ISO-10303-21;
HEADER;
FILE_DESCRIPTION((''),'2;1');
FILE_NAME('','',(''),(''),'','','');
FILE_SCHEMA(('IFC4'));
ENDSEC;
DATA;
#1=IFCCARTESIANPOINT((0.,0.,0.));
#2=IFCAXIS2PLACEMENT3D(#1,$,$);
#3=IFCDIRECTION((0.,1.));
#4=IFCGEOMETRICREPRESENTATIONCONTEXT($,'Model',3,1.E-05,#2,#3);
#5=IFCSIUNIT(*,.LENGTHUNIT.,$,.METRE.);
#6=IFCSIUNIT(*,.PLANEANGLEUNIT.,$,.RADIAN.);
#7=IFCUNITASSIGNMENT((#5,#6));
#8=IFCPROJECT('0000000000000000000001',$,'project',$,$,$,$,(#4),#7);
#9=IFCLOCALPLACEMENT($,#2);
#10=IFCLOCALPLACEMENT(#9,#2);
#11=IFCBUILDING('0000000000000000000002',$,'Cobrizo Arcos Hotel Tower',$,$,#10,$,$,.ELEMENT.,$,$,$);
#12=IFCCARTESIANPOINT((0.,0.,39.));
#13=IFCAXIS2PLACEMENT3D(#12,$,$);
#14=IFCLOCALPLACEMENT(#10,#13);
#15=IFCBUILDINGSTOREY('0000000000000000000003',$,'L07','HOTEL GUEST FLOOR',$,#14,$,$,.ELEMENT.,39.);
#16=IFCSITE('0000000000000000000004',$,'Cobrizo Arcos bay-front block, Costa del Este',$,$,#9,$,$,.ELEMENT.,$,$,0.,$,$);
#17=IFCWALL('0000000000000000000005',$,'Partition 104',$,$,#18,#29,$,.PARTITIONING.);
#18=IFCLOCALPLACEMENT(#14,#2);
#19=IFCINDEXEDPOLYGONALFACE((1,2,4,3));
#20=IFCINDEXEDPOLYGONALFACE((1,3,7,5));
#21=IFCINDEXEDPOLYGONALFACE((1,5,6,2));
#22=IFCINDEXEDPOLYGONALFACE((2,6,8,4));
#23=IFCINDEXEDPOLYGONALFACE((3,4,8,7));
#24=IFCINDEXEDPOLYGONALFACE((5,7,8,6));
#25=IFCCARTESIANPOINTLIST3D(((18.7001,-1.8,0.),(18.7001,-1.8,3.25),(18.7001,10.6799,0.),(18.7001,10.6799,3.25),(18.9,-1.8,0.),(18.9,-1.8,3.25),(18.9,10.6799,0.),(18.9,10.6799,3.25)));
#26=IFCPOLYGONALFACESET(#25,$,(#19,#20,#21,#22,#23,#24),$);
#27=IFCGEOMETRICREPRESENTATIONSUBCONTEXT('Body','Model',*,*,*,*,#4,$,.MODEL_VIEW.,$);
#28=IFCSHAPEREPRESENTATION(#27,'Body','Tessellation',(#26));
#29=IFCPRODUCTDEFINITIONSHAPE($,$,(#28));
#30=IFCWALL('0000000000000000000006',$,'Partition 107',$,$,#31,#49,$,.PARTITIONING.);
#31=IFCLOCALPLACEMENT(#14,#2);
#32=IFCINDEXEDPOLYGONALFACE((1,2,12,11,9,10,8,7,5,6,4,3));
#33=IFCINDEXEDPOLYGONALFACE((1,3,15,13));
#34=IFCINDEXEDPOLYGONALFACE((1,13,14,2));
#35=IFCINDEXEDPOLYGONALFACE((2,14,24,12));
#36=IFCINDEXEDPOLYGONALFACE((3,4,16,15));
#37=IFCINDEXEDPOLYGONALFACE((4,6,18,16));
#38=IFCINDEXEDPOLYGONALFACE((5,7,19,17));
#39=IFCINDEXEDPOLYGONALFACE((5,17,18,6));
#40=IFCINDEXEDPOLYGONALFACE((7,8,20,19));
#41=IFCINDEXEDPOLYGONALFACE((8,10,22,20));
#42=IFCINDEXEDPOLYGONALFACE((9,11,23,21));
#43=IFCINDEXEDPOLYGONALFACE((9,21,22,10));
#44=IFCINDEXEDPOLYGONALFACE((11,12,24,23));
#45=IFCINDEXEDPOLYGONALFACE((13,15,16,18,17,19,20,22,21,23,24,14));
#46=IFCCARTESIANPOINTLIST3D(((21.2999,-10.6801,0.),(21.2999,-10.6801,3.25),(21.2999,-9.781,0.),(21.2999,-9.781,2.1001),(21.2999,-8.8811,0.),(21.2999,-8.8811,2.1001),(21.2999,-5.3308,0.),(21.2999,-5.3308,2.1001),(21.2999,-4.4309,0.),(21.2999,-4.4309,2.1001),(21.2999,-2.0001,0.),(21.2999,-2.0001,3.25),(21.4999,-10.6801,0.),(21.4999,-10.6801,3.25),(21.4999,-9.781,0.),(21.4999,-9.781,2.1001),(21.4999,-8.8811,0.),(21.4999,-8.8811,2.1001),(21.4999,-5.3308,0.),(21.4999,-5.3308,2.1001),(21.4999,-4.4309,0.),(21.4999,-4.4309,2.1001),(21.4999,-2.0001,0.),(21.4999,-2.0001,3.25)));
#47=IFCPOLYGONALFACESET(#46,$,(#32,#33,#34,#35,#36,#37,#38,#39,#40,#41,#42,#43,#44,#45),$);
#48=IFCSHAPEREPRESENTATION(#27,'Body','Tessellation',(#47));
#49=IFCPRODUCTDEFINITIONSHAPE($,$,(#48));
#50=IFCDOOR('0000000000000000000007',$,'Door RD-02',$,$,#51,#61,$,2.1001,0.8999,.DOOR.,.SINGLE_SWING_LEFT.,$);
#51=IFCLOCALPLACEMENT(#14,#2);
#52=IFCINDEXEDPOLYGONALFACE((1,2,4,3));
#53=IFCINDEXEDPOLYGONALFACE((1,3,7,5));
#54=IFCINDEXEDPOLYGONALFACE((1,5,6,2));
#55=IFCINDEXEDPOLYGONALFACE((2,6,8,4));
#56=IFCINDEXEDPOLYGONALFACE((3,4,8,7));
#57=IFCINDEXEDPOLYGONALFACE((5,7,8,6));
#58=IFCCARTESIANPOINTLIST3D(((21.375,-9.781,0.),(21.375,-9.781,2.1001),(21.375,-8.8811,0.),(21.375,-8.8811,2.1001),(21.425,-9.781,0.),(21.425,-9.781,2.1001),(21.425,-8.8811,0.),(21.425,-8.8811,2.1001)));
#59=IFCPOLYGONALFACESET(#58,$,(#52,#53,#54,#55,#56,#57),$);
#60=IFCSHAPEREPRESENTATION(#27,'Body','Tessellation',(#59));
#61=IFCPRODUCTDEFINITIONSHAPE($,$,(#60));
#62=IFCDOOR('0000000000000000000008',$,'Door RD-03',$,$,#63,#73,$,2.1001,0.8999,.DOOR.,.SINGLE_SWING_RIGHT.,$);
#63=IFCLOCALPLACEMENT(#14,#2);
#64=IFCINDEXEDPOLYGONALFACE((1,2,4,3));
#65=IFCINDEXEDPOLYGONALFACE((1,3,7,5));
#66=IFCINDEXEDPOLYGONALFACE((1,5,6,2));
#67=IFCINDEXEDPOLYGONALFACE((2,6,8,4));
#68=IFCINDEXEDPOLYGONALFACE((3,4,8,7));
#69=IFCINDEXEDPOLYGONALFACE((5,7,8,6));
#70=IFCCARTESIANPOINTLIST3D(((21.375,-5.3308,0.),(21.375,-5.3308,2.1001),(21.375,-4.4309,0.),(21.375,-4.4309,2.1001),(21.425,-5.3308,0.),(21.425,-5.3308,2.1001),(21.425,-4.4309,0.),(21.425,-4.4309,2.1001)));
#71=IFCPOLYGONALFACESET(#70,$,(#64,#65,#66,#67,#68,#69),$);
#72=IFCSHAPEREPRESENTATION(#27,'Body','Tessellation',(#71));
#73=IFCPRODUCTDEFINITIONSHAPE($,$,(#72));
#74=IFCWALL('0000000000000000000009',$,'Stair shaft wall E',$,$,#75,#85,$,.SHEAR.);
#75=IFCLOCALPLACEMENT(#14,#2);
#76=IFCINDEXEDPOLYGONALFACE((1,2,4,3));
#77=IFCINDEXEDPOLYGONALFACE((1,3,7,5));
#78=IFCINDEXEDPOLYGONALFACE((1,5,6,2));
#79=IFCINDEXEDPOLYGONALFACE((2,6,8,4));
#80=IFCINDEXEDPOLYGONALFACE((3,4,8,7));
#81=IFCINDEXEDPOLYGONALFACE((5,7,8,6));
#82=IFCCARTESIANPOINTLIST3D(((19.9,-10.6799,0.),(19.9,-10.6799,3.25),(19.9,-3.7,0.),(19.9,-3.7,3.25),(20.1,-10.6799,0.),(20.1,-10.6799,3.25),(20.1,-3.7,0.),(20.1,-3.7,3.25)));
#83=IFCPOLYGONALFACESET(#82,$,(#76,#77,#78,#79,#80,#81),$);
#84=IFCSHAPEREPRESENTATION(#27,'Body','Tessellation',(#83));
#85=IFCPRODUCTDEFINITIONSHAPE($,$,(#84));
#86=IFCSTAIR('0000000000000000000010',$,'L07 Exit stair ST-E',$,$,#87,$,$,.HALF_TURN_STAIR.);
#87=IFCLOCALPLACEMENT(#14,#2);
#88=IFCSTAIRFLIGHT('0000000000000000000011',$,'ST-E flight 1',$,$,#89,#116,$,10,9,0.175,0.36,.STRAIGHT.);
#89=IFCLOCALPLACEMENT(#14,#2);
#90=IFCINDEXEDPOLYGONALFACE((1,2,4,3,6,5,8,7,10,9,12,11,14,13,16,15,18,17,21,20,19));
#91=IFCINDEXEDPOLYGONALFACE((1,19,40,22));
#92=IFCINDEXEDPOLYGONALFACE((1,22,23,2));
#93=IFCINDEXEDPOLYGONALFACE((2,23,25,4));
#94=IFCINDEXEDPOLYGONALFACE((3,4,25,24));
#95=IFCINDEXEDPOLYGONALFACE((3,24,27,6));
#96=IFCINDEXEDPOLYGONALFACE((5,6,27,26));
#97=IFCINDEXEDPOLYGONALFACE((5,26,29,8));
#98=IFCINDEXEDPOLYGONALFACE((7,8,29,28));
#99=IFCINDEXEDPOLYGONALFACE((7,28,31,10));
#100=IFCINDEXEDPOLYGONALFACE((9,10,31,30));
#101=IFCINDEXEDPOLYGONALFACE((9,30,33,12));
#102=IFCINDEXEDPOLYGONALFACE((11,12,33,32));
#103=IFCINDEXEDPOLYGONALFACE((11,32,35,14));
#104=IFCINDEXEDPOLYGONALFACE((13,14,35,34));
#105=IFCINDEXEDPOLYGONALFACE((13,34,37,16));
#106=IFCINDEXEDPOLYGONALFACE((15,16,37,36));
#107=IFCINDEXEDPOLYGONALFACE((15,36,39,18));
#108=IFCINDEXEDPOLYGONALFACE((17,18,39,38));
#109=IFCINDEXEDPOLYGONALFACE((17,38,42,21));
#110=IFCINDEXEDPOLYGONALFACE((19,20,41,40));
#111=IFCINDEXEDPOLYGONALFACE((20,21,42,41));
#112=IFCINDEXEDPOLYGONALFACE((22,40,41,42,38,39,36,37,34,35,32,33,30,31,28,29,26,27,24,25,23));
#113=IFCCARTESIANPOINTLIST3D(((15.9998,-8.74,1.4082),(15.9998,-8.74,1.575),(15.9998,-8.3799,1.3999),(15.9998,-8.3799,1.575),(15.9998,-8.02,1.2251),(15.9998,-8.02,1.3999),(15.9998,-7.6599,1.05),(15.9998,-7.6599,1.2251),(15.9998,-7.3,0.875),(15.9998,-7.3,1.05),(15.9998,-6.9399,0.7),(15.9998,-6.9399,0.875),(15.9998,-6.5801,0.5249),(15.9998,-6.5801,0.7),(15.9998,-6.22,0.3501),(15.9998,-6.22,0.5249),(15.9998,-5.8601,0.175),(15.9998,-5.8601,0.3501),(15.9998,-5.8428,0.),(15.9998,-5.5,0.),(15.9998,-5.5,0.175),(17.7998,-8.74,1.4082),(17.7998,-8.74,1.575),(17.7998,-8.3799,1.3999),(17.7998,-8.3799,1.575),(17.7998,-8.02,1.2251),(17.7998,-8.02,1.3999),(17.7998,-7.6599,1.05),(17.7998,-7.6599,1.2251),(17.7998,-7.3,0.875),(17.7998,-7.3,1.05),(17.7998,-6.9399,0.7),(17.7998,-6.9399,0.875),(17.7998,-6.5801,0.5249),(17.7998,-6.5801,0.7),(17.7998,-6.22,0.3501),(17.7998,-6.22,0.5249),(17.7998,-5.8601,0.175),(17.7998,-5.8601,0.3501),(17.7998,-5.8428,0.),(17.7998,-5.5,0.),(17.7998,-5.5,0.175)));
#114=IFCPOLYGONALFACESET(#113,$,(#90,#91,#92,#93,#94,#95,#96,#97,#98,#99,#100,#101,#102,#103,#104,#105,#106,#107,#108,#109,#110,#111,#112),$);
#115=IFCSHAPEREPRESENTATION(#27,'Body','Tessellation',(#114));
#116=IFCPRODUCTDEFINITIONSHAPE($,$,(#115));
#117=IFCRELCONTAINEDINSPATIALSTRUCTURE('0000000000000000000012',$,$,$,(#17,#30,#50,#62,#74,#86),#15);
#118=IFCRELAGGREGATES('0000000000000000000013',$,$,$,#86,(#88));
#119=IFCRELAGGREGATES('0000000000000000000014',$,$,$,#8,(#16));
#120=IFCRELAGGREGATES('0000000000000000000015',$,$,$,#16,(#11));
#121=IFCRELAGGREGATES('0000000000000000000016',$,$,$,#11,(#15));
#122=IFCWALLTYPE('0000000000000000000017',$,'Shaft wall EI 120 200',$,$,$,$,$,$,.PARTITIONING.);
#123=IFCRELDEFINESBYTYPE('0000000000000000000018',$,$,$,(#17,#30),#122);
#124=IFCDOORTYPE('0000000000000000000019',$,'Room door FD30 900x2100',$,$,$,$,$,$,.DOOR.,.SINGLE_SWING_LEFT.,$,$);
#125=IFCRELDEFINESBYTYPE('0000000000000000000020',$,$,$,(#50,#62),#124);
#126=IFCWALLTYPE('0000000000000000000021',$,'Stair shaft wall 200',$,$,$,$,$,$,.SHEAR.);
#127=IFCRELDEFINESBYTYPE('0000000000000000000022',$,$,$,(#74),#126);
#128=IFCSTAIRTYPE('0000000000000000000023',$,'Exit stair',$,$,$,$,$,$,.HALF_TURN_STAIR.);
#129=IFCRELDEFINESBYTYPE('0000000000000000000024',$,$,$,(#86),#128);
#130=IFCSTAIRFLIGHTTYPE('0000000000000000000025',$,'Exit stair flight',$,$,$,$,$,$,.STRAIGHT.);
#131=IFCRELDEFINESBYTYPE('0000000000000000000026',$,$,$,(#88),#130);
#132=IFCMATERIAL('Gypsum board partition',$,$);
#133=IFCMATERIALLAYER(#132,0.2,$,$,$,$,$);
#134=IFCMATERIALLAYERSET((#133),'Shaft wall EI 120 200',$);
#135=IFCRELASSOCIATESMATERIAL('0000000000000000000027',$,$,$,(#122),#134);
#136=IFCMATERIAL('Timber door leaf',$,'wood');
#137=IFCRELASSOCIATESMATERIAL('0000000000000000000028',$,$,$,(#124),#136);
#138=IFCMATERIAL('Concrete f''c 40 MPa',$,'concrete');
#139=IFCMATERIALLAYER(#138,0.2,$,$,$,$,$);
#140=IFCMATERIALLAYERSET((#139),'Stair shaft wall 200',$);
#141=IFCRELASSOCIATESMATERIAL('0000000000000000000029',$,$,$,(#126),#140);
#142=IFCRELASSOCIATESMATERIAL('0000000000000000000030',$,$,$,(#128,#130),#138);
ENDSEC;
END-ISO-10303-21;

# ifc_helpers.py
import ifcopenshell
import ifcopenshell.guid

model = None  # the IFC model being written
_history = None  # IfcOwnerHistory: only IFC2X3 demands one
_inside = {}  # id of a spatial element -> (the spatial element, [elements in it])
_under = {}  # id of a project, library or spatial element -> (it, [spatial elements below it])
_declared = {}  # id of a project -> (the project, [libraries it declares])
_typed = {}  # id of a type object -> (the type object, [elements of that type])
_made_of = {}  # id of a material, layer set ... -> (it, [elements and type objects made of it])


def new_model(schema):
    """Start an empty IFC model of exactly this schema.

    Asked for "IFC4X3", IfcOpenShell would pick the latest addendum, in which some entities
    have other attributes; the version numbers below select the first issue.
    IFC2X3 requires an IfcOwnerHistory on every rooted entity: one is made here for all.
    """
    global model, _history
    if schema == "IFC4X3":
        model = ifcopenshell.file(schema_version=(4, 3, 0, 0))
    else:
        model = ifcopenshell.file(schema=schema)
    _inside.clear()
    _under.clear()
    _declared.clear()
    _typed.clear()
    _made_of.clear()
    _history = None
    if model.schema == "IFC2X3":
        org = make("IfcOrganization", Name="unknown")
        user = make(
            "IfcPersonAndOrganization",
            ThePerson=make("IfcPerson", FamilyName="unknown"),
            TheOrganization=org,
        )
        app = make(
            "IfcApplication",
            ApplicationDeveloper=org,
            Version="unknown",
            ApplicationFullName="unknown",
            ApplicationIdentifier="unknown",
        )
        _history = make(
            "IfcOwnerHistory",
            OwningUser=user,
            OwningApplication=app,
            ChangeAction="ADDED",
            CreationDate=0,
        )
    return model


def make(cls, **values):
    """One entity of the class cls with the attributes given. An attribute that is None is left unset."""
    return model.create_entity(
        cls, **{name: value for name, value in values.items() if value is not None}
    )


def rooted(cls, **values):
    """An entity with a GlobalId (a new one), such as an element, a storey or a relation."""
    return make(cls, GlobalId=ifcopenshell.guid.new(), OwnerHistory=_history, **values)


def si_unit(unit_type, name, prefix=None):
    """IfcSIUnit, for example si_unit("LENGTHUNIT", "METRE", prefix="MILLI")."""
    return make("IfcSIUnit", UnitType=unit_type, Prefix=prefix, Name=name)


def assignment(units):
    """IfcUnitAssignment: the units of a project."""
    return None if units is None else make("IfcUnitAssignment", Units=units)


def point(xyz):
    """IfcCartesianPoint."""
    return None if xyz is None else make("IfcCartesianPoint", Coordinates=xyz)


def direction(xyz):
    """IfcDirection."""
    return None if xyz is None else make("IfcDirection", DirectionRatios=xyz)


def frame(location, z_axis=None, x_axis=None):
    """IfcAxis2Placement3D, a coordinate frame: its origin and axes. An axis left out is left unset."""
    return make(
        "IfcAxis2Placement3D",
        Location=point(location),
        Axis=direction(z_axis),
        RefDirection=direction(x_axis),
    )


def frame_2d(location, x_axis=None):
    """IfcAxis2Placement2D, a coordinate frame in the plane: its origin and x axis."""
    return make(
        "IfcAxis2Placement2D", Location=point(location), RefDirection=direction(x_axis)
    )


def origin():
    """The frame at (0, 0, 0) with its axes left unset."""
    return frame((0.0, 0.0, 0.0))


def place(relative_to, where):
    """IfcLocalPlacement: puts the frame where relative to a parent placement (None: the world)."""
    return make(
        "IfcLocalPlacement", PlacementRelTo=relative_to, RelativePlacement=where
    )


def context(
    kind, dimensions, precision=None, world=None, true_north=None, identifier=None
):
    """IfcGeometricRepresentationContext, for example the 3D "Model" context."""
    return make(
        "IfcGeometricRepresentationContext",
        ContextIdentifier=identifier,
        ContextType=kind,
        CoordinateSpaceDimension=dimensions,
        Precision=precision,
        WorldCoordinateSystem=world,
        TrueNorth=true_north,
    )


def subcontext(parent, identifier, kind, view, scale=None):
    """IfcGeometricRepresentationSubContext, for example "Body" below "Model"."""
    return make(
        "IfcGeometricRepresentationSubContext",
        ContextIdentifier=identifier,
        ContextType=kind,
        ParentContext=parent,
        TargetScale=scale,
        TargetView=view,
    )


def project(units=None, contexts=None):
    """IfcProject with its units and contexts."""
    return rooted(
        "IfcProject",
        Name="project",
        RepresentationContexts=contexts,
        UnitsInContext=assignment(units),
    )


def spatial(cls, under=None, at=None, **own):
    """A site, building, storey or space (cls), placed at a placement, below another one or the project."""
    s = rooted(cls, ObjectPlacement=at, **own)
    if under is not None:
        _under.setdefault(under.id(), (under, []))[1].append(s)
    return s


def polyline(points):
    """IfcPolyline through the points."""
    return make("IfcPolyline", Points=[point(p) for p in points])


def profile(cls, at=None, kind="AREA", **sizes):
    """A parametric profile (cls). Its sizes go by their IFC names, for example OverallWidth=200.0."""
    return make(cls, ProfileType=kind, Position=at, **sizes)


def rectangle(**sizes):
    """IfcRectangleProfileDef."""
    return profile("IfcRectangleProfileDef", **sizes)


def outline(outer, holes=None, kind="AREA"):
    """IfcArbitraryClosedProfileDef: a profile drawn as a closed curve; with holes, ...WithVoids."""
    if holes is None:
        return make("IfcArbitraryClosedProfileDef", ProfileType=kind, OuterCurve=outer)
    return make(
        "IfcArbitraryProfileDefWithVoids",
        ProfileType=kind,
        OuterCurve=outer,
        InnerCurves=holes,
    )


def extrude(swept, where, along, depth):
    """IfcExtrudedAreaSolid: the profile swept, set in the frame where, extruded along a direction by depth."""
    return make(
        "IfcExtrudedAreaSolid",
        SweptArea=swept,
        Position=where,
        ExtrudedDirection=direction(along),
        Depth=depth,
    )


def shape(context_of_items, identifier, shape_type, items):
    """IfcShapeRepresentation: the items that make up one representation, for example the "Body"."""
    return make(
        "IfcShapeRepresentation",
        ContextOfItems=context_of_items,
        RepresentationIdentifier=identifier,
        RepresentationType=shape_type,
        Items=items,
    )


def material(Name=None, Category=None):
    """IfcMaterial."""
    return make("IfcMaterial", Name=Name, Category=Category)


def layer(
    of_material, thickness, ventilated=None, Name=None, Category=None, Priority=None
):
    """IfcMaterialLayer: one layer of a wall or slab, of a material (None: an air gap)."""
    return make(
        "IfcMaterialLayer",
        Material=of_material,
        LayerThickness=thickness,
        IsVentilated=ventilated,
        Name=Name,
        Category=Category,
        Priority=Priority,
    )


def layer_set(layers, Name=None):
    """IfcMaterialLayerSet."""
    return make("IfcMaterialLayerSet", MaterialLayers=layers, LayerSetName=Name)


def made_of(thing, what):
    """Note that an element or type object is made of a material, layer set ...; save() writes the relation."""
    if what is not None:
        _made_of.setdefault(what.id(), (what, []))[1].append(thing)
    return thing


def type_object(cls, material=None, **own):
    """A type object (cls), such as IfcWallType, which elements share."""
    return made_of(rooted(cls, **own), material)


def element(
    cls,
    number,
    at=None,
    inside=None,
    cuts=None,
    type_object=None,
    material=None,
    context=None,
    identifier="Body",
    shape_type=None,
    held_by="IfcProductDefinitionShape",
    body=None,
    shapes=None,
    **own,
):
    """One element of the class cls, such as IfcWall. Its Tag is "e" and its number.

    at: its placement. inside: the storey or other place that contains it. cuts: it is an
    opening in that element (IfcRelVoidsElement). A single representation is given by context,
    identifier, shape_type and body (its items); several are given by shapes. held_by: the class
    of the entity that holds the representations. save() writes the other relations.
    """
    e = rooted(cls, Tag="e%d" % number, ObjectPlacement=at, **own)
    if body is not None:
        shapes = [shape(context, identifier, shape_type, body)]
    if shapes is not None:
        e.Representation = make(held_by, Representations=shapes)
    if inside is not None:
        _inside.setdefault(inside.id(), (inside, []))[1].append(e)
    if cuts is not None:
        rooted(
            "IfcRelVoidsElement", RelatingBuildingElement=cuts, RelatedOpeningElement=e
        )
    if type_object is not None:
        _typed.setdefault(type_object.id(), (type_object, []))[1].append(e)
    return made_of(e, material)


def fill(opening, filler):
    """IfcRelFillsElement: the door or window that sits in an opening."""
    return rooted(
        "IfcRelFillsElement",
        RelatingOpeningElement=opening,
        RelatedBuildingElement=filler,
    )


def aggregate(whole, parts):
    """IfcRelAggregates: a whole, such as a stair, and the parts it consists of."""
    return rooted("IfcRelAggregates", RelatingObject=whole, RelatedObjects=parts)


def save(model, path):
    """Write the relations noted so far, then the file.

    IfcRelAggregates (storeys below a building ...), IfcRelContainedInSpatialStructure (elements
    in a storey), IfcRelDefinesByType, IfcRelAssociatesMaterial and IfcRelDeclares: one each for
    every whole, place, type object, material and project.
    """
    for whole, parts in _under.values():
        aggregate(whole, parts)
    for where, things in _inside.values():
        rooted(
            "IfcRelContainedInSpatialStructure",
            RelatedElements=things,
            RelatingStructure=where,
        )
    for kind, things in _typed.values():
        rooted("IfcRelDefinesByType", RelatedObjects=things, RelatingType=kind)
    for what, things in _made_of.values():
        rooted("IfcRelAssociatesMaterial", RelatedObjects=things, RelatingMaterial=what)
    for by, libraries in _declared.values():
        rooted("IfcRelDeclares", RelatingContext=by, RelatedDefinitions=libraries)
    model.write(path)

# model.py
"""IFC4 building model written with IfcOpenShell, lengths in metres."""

from ifc_helpers import new_model, si_unit, direction, frame, frame_2d, origin, place, context, subcontext, project, spatial, polyline, rectangle, outline, extrude, material, layer, layer_set, type_object, element, fill, aggregate, save


model = new_model("IFC4")

# Units and contexts
model_context = context("Model", 3, precision=1e-05, world=origin(), true_north=direction((0.0, 1.0)))
body_context = subcontext(model_context, "Body", "Model", "MODEL_VIEW")
ifc_project = project(units=[si_unit("LENGTHUNIT", "METRE"), si_unit("PLANEANGLEUNIT", "RADIAN")], contexts=[model_context])

# Site, building, storey
site_placement = place(None, origin())
site = spatial("IfcSite", under=ifc_project, at=site_placement, Name="Cobrizo Arcos bay-front block, Costa del Este", CompositionType="ELEMENT", RefElevation=0.0)
building_placement = place(site_placement, origin())
building = spatial("IfcBuilding", under=site, at=building_placement, Name="Cobrizo Arcos Hotel Tower", CompositionType="ELEMENT")
storey_placement = place(building_placement, frame((0.0, 0.0, 39.0)))
storey = spatial("IfcBuildingStorey", under=building, at=storey_placement, Name="L07", Description="HOTEL GUEST FLOOR", CompositionType="ELEMENT", Elevation=39.0)

# Shared definitions
ifc_material_1 = material(Name="Gypsum board partition")

# Wall
ifc_layer_1 = layer(ifc_material_1, 0.2)
ifc_layer_set_1 = layer_set([ifc_layer_1], Name="Shaft wall EI 120 200")
wall_type_1 = type_object("IfcWallType", Name="Shaft wall EI 120 200", PredefinedType="PARTITIONING", material=ifc_layer_set_1)
wall_1_placement = place(storey_placement, frame((18.8, -1.8, 0.0), z_axis=(0.0, 0.0, 1.0), x_axis=(0.0, 1.0, 0.0)))
element("IfcWall", 1, at=wall_1_placement, inside=storey, type_object=wall_type_1, Name="Partition 104", PredefinedType="PARTITIONING", context=body_context, shape_type="SweptSolid", body=[
    extrude(rectangle(XDim=12.48, YDim=0.2, at=frame_2d((6.24, 0.0))), origin(), (0.0, 0.0, 1.0), 3.25),
])

# Wall, openings, doors
wall_2_placement = place(storey_placement, frame((21.3999, -10.6799, 0.0), z_axis=(0.0, 0.0, 1.0), x_axis=(0.0, 1.0, 0.0)))
wall_2 = element("IfcWall", 2, at=wall_2_placement, inside=storey, type_object=wall_type_1, Name="Partition 107", PredefinedType="PARTITIONING", context=body_context, shape_type="SweptSolid", body=[
    extrude(rectangle(XDim=8.6799, YDim=0.2, at=frame_2d((4.3398, 0.0))), origin(), (0.0, 0.0, 1.0), 3.25),
])
opening_1_placement = place(wall_2_placement, frame((0.8989, 0.0, 0.0)))
opening_1 = element("IfcOpeningElement", 3, at=opening_1_placement, cuts=wall_2, PredefinedType="OPENING", context=body_context, shape_type="SweptSolid", body=[
    extrude(rectangle(XDim=0.8999, YDim=2.1001, at=frame_2d((0.45, 1.05))), frame((0.0, 0.1121, 0.0), z_axis=(0.0, -1.0, 0.0), x_axis=(1.0, 0.0, 0.0)), (0.0, 0.0, 1.0), 0.2239),
])
opening_2_placement = place(wall_2_placement, frame((5.3491, 0.0, 0.0)))
opening_2 = element("IfcOpeningElement", 4, at=opening_2_placement, cuts=wall_2, PredefinedType="OPENING", context=body_context, shape_type="SweptSolid", body=[
    extrude(rectangle(XDim=0.8999, YDim=2.1001, at=frame_2d((0.45, 1.05))), frame((0.0, 0.1121, 0.0), z_axis=(0.0, -1.0, 0.0), x_axis=(1.0, 0.0, 0.0)), (0.0, 0.0, 1.0), 0.2239),
])
ifc_material_2 = material(Name="Timber door leaf", Category="wood")
door_type_1 = type_object("IfcDoorType", Name="Room door FD30 900x2100", OperationType="SINGLE_SWING_LEFT", PredefinedType="DOOR", material=ifc_material_2)
door_1_placement = place(opening_1_placement, origin())
door_1 = element("IfcDoor", 5, at=door_1_placement, inside=storey, type_object=door_type_1, Name="Door RD-02", OperationType="SINGLE_SWING_LEFT", OverallHeight=2.1001, OverallWidth=0.8999, PredefinedType="DOOR", context=body_context, shape_type="SweptSolid", body=[
    extrude(rectangle(XDim=0.8999, YDim=2.1001, at=frame_2d((0.45, 1.05))), frame((0.0, 0.0249, 0.0), z_axis=(0.0, -1.0, 0.0), x_axis=(1.0, 0.0, 0.0)), (0.0, 0.0, 1.0), 0.05),
])
fill(opening_1, door_1)
door_2_placement = place(opening_2_placement, origin())
door_2 = element("IfcDoor", 6, at=door_2_placement, inside=storey, type_object=door_type_1, Name="Door RD-03", OperationType="SINGLE_SWING_RIGHT", OverallHeight=2.1001, OverallWidth=0.8999, PredefinedType="DOOR", context=body_context, shape_type="SweptSolid", body=[
    extrude(rectangle(XDim=0.8999, YDim=2.1001, at=frame_2d((0.45, 1.05))), frame((0.0, 0.0249, 0.0), z_axis=(0.0, -1.0, 0.0), x_axis=(1.0, 0.0, 0.0)), (0.0, 0.0, 1.0), 0.05),
])
fill(opening_2, door_2)

# Wall
ifc_material_3 = material(Name="Concrete f'c 40 MPa", Category="concrete")
ifc_layer_2 = layer(ifc_material_3, 0.2)
ifc_layer_set_2 = layer_set([ifc_layer_2], Name="Stair shaft wall 200")
wall_type_2 = type_object("IfcWallType", Name="Stair shaft wall 200", PredefinedType="SHEAR", material=ifc_layer_set_2)
wall_3_placement = place(storey_placement, frame((20.0, -10.6799, 0.0), z_axis=(0.0, 0.0, 1.0), x_axis=(0.0, 1.0, 0.0)))
element("IfcWall", 7, at=wall_3_placement, inside=storey, type_object=wall_type_2, Name="Stair shaft wall E", PredefinedType="SHEAR", context=body_context, shape_type="SweptSolid", body=[
    extrude(rectangle(XDim=6.98, YDim=0.2, at=frame_2d((3.49, 0.0))), origin(), (0.0, 0.0, 1.0), 3.25),
])

# Stair, stair flight
stair_type = type_object("IfcStairType", Name="Exit stair", PredefinedType="HALF_TURN_STAIR", material=ifc_material_3)
stair_placement = place(storey_placement, origin())
stair = element("IfcStair", 8, at=stair_placement, inside=storey, type_object=stair_type, Name="L07 Exit stair ST-E", PredefinedType="HALF_TURN_STAIR")
stair_flight_type = type_object("IfcStairFlightType", Name="Exit stair flight", PredefinedType="STRAIGHT", material=ifc_material_3)
stair_flight_placement = place(storey_placement, frame((16.8999, -5.5, 0.0), z_axis=(0.0, 0.0, 1.0), x_axis=(0.0, -1.0, 0.0)))
stair_flight = element("IfcStairFlight", 9, at=stair_flight_placement, type_object=stair_flight_type, Name="ST-E flight 1", NumberOfRisers=10, NumberOfTreads=9, PredefinedType="STRAIGHT", RiserHeight=0.175, TreadLength=0.36, context=body_context, shape_type="SweptSolid", body=[
    extrude(outline(polyline([(0.0, 0.0), (0.0, 0.175), (0.3601, 0.175), (0.3601, 0.3501), (0.72, 0.3501), (0.72, 0.5249), (1.0801, 0.5249), (1.0801, 0.7), (1.4399, 0.7), (1.4399, 0.875), (1.8, 0.875), (1.8, 1.05), (2.1599, 1.05), (2.1599, 1.2251), (2.52, 1.2251), (2.52, 1.3999), (2.8799, 1.3999), (2.8799, 1.575), (3.24, 1.575), (3.24, 1.75), (3.24, 1.4082), (0.3428, 0.0), (0.0, 0.0)])), frame((0.0, 0.8999, 0.0), z_axis=(0.0, -1.0, 0.0), x_axis=(1.0, 0.0, 0.0)), (0.0, 0.0, 1.0), 1.8),
])
aggregate(stair, [stair_flight])

save(model, "model.ifc")
